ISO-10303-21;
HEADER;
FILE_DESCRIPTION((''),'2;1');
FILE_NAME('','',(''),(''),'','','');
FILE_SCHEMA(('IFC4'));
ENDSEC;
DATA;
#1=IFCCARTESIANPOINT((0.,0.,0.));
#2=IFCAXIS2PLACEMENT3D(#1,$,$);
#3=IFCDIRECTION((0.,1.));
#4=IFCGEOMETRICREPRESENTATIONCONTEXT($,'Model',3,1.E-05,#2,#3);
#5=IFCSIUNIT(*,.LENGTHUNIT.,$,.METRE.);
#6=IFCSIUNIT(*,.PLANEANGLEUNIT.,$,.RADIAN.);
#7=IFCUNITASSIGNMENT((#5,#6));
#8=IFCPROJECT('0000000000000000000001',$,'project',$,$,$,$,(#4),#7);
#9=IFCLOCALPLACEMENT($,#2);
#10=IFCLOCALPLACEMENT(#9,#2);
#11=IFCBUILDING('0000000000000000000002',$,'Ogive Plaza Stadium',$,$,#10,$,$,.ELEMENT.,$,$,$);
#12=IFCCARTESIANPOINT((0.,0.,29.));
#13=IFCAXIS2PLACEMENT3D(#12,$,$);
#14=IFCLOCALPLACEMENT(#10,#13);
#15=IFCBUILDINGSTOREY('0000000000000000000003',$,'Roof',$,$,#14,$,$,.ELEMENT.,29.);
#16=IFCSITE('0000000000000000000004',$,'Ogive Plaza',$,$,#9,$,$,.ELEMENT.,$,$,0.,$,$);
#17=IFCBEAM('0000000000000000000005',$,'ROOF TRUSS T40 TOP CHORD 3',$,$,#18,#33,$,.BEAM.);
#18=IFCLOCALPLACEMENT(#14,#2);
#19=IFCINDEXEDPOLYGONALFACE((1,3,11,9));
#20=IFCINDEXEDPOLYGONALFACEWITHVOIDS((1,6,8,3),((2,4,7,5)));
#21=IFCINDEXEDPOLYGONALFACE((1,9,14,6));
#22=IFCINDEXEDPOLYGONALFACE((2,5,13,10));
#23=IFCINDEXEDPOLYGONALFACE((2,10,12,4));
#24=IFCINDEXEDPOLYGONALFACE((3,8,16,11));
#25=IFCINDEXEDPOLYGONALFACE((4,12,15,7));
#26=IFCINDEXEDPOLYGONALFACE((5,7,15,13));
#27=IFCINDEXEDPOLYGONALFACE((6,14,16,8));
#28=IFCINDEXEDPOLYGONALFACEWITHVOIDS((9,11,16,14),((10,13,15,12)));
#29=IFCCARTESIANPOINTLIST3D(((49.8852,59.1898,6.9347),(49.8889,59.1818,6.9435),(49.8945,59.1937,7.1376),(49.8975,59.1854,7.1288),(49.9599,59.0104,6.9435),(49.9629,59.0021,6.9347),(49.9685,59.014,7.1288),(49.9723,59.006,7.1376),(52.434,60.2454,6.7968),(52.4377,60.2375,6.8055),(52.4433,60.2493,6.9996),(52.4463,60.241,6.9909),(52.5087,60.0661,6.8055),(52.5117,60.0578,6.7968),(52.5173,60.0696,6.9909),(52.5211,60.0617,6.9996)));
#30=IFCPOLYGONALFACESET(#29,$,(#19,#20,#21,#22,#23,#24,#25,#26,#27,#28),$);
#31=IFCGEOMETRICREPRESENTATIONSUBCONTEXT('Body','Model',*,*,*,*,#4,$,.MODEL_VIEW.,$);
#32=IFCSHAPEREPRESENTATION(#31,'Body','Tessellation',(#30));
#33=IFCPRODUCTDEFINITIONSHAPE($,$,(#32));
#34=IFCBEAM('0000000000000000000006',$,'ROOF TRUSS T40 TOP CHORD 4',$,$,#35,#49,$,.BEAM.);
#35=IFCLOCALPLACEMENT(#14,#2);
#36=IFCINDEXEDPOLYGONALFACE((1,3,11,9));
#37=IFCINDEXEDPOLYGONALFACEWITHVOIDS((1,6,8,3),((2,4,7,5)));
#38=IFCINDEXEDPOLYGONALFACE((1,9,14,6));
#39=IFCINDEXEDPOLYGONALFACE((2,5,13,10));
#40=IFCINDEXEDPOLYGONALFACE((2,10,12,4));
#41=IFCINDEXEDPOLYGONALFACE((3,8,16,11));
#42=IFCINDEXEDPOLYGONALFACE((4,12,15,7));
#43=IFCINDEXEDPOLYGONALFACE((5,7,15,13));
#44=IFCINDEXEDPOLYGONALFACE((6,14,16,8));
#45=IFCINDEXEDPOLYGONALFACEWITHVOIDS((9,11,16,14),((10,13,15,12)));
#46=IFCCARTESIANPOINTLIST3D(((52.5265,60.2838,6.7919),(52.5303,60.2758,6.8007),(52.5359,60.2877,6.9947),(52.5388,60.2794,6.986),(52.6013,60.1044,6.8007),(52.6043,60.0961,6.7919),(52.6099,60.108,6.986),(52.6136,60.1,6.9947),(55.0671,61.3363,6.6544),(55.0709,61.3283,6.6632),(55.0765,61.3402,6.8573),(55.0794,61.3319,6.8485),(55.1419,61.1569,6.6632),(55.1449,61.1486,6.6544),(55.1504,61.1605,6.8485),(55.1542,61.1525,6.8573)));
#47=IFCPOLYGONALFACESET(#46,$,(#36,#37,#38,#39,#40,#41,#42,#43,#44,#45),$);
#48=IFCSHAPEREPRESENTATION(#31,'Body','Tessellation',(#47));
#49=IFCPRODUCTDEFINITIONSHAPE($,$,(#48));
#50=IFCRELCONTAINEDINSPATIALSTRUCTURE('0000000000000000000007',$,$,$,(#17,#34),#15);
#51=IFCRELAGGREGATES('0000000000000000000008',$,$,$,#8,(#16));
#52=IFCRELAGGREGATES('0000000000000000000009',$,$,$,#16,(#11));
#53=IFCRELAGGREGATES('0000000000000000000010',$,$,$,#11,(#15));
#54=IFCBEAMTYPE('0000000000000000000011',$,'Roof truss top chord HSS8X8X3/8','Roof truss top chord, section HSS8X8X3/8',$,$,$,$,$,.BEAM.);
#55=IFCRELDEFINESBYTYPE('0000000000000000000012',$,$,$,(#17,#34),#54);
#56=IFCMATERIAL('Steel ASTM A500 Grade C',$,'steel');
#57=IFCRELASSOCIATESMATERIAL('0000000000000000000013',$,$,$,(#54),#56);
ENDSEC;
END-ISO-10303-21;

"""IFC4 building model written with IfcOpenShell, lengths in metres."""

from ifc_helpers import new_model, si_unit, direction, frame, origin, origin_2d, place, context, subcontext, project, spatial, hollow_rectangle, extrude, material, material_profile, profile_set, type_object, element, save


model = new_model("IFC4")

# Units and contexts
model_context = context("Model", 3, precision=1e-05, world=origin(), true_north=direction((0.0, 1.0)))
body_context = subcontext(model_context, "Body", "Model", "MODEL_VIEW")
ifc_project = project(units=[si_unit("LENGTHUNIT", "METRE"), si_unit("PLANEANGLEUNIT", "RADIAN")], contexts=[model_context])

# Site, building, storey
site_placement = place(None, origin())
site = spatial("IfcSite", under=ifc_project, at=site_placement, Name="Ogive Plaza", CompositionType="ELEMENT", RefElevation=0.0)
building_placement = place(site_placement, origin())
building = spatial("IfcBuilding", under=site, at=building_placement, Name="Ogive Plaza Stadium", CompositionType="ELEMENT")
storey_placement = place(building_placement, frame((0.0, 0.0, 29.0)))
storey = spatial("IfcBuildingStorey", under=building, at=storey_placement, Name="Roof", CompositionType="ELEMENT", Elevation=29.0)

# Beams
ifc_material_1 = material(Name="Steel ASTM A500 Grade C", Category="steel")
ifc_material_profile_1 = material_profile(ifc_material_1, hollow_rectangle(XDim=0.2031, YDim=0.2031, WallThickness=0.0088, at=origin_2d()), Name="HSS8X8X3/8")
ifc_profile_set_1 = profile_set([ifc_material_profile_1], Name="Steel ASTM A500 Grade C")
beam_type_1 = type_object("IfcBeamType", Name="Roof truss top chord HSS8X8X3/8", Description="Roof truss top chord, section HSS8X8X3/8", PredefinedType="BEAM", material=ifc_profile_set_1)
beam_1_placement = place(storey_placement, frame((49.9287, 59.0979, 7.0361), z_axis=(0.922739, 0.382177, -0.049938), x_axis=(-0.382654, 0.923892, 0.0)))
element("IfcBeam", 1, at=beam_1_placement, inside=storey, type_object=beam_type_1, Name="ROOF TRUSS T40 TOP CHORD 3", PredefinedType="BEAM", context=body_context, shape_type="SweptSolid", body=[
    extrude(hollow_rectangle(XDim=0.2031, YDim=0.2031, WallThickness=0.0088, at=origin_2d()), origin(), (0.0, 0.0, 1.0), 2.7622),
])
beam_2_placement = place(storey_placement, frame((52.5701, 60.1919, 6.8933), z_axis=(0.922706, 0.382259, -0.049922), x_axis=(-0.382736, 0.923858, 0.0)))
element("IfcBeam", 2, at=beam_2_placement, inside=storey, type_object=beam_type_1, Name="ROOF TRUSS T40 TOP CHORD 4", PredefinedType="BEAM", context=body_context, shape_type="SweptSolid", body=[
    extrude(hollow_rectangle(XDim=0.2031, YDim=0.2031, WallThickness=0.0088, at=origin_2d()), origin(), (0.0, 0.0, 1.0), 2.7534),
])

save(model, "model.ifc")
